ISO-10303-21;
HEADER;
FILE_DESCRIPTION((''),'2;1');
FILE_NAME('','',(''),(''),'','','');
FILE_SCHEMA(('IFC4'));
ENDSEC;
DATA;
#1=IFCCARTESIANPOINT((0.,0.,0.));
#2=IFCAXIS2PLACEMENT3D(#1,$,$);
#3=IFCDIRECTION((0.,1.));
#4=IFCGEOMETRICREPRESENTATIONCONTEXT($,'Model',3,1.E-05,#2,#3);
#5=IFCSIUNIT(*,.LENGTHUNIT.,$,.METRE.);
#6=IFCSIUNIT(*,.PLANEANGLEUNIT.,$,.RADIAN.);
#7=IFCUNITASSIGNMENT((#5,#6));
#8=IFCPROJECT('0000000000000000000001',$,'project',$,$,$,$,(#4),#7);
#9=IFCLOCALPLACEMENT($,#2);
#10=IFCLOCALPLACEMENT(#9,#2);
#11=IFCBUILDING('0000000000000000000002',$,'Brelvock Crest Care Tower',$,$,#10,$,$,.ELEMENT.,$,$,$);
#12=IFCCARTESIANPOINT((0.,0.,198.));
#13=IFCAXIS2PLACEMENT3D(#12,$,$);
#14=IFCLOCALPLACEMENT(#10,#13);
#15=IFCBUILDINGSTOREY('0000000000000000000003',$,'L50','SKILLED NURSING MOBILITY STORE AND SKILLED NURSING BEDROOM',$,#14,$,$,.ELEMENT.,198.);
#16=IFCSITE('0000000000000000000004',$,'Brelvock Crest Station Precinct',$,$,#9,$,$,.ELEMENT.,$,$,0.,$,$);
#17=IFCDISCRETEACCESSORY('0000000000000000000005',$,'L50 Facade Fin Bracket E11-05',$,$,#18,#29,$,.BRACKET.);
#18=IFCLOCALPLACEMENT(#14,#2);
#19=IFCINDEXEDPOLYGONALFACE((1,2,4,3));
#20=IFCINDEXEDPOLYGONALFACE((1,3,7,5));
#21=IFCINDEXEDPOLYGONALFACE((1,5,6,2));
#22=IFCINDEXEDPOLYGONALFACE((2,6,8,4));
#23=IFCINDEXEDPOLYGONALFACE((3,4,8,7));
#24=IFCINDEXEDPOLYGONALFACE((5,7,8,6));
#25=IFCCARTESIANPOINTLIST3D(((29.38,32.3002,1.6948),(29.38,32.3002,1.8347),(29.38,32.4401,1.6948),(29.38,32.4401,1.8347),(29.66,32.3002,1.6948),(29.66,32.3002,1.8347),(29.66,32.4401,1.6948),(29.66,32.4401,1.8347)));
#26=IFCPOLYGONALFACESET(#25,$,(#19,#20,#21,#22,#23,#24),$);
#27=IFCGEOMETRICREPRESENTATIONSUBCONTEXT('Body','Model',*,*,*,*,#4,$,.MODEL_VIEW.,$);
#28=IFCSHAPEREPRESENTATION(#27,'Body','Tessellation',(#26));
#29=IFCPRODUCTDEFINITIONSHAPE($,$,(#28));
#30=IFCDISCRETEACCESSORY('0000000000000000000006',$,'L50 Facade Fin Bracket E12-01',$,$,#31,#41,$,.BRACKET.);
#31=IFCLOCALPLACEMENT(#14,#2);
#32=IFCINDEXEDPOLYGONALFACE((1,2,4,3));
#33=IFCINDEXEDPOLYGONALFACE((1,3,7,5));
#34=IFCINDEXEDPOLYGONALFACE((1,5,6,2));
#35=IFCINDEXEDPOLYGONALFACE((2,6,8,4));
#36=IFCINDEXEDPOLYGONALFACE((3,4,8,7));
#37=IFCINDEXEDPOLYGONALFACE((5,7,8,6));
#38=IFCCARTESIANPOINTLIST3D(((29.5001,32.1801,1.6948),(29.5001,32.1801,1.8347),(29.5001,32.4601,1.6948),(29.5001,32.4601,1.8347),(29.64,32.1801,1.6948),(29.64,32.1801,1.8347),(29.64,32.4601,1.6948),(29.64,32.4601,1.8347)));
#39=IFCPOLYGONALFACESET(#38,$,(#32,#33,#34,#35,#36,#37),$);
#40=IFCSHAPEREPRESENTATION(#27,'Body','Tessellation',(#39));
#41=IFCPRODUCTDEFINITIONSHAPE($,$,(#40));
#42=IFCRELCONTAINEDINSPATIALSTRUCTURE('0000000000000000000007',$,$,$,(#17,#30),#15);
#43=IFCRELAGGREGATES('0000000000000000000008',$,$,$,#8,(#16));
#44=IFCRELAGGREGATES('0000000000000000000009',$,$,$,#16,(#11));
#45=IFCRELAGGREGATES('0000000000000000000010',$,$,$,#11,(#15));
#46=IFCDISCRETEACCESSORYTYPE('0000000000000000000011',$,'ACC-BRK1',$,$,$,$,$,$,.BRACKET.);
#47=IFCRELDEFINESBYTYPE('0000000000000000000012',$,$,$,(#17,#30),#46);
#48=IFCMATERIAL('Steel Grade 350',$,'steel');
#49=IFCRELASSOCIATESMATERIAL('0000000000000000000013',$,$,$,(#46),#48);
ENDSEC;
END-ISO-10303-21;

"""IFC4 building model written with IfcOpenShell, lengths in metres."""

from ifc_helpers import new_model, si_unit, direction, frame, origin, origin_2d, place, context, subcontext, project, spatial, rectangle, extrude, source, transform, mapped, material, type_object, element, save


model = new_model("IFC4")

# Units and contexts
model_context = context("Model", 3, precision=1e-05, world=origin(), true_north=direction((0.0, 1.0)))
body_context = subcontext(model_context, "Body", "Model", "MODEL_VIEW")
ifc_project = project(units=[si_unit("LENGTHUNIT", "METRE"), si_unit("PLANEANGLEUNIT", "RADIAN")], contexts=[model_context])

# Site, building, storey
site_placement = place(None, origin())
site = spatial("IfcSite", under=ifc_project, at=site_placement, Name="Brelvock Crest Station Precinct", CompositionType="ELEMENT", RefElevation=0.0)
building_placement = place(site_placement, origin())
building = spatial("IfcBuilding", under=site, at=building_placement, Name="Brelvock Crest Care Tower", CompositionType="ELEMENT")
storey_placement = place(building_placement, frame((0.0, 0.0, 198.0)))
storey = spatial("IfcBuildingStorey", under=building, at=storey_placement, Name="L50", Description="SKILLED NURSING MOBILITY STORE AND SKILLED NURSING BEDROOM", CompositionType="ELEMENT", Elevation=198.0)

# Shared definitions
ifc_material_1 = material(Name="Steel Grade 350", Category="steel")

# Discrete accessories
discrete_accessory_type = type_object("IfcDiscreteAccessoryType", Name="ACC-BRK1", PredefinedType="BRACKET", material=ifc_material_1)
shared_shape_1 = source(origin(), body_context, "Body", "SweptSolid", [
    extrude(rectangle(XDim=0.28, YDim=0.1399, at=origin_2d()), origin(), (0.0, 0.0, 1.0), 0.1399),
])
for number, where, z_axis, x_axis, name in (
    (1, (29.52, 32.3701, 1.6948), (0.0, 0.0, 1.0), (-1.0, 0.0, 0.0), "L50 Facade Fin Bracket E11-05"),
    (2, (29.5701, 32.3201, 1.6948), (0.0, 0.0, 1.0), (0.0, -1.0, 0.0), "L50 Facade Fin Bracket E12-01"),
):
    element("IfcDiscreteAccessory", number, at=place(storey_placement, frame(where, z_axis=z_axis, x_axis=x_axis)), inside=storey, type_object=discrete_accessory_type, Name=name, PredefinedType="BRACKET", context=body_context, shape_type="MappedRepresentation", body=[
        mapped(shared_shape_1, transform((0.0, 0.0, 0.0), x_axis=(1.0, 0.0, 0.0), y_axis=(0.0, 1.0, 0.0), z_axis=(0.0, 0.0, 1.0), scale=1.0)),
    ])

save(model, "model.ifc")
